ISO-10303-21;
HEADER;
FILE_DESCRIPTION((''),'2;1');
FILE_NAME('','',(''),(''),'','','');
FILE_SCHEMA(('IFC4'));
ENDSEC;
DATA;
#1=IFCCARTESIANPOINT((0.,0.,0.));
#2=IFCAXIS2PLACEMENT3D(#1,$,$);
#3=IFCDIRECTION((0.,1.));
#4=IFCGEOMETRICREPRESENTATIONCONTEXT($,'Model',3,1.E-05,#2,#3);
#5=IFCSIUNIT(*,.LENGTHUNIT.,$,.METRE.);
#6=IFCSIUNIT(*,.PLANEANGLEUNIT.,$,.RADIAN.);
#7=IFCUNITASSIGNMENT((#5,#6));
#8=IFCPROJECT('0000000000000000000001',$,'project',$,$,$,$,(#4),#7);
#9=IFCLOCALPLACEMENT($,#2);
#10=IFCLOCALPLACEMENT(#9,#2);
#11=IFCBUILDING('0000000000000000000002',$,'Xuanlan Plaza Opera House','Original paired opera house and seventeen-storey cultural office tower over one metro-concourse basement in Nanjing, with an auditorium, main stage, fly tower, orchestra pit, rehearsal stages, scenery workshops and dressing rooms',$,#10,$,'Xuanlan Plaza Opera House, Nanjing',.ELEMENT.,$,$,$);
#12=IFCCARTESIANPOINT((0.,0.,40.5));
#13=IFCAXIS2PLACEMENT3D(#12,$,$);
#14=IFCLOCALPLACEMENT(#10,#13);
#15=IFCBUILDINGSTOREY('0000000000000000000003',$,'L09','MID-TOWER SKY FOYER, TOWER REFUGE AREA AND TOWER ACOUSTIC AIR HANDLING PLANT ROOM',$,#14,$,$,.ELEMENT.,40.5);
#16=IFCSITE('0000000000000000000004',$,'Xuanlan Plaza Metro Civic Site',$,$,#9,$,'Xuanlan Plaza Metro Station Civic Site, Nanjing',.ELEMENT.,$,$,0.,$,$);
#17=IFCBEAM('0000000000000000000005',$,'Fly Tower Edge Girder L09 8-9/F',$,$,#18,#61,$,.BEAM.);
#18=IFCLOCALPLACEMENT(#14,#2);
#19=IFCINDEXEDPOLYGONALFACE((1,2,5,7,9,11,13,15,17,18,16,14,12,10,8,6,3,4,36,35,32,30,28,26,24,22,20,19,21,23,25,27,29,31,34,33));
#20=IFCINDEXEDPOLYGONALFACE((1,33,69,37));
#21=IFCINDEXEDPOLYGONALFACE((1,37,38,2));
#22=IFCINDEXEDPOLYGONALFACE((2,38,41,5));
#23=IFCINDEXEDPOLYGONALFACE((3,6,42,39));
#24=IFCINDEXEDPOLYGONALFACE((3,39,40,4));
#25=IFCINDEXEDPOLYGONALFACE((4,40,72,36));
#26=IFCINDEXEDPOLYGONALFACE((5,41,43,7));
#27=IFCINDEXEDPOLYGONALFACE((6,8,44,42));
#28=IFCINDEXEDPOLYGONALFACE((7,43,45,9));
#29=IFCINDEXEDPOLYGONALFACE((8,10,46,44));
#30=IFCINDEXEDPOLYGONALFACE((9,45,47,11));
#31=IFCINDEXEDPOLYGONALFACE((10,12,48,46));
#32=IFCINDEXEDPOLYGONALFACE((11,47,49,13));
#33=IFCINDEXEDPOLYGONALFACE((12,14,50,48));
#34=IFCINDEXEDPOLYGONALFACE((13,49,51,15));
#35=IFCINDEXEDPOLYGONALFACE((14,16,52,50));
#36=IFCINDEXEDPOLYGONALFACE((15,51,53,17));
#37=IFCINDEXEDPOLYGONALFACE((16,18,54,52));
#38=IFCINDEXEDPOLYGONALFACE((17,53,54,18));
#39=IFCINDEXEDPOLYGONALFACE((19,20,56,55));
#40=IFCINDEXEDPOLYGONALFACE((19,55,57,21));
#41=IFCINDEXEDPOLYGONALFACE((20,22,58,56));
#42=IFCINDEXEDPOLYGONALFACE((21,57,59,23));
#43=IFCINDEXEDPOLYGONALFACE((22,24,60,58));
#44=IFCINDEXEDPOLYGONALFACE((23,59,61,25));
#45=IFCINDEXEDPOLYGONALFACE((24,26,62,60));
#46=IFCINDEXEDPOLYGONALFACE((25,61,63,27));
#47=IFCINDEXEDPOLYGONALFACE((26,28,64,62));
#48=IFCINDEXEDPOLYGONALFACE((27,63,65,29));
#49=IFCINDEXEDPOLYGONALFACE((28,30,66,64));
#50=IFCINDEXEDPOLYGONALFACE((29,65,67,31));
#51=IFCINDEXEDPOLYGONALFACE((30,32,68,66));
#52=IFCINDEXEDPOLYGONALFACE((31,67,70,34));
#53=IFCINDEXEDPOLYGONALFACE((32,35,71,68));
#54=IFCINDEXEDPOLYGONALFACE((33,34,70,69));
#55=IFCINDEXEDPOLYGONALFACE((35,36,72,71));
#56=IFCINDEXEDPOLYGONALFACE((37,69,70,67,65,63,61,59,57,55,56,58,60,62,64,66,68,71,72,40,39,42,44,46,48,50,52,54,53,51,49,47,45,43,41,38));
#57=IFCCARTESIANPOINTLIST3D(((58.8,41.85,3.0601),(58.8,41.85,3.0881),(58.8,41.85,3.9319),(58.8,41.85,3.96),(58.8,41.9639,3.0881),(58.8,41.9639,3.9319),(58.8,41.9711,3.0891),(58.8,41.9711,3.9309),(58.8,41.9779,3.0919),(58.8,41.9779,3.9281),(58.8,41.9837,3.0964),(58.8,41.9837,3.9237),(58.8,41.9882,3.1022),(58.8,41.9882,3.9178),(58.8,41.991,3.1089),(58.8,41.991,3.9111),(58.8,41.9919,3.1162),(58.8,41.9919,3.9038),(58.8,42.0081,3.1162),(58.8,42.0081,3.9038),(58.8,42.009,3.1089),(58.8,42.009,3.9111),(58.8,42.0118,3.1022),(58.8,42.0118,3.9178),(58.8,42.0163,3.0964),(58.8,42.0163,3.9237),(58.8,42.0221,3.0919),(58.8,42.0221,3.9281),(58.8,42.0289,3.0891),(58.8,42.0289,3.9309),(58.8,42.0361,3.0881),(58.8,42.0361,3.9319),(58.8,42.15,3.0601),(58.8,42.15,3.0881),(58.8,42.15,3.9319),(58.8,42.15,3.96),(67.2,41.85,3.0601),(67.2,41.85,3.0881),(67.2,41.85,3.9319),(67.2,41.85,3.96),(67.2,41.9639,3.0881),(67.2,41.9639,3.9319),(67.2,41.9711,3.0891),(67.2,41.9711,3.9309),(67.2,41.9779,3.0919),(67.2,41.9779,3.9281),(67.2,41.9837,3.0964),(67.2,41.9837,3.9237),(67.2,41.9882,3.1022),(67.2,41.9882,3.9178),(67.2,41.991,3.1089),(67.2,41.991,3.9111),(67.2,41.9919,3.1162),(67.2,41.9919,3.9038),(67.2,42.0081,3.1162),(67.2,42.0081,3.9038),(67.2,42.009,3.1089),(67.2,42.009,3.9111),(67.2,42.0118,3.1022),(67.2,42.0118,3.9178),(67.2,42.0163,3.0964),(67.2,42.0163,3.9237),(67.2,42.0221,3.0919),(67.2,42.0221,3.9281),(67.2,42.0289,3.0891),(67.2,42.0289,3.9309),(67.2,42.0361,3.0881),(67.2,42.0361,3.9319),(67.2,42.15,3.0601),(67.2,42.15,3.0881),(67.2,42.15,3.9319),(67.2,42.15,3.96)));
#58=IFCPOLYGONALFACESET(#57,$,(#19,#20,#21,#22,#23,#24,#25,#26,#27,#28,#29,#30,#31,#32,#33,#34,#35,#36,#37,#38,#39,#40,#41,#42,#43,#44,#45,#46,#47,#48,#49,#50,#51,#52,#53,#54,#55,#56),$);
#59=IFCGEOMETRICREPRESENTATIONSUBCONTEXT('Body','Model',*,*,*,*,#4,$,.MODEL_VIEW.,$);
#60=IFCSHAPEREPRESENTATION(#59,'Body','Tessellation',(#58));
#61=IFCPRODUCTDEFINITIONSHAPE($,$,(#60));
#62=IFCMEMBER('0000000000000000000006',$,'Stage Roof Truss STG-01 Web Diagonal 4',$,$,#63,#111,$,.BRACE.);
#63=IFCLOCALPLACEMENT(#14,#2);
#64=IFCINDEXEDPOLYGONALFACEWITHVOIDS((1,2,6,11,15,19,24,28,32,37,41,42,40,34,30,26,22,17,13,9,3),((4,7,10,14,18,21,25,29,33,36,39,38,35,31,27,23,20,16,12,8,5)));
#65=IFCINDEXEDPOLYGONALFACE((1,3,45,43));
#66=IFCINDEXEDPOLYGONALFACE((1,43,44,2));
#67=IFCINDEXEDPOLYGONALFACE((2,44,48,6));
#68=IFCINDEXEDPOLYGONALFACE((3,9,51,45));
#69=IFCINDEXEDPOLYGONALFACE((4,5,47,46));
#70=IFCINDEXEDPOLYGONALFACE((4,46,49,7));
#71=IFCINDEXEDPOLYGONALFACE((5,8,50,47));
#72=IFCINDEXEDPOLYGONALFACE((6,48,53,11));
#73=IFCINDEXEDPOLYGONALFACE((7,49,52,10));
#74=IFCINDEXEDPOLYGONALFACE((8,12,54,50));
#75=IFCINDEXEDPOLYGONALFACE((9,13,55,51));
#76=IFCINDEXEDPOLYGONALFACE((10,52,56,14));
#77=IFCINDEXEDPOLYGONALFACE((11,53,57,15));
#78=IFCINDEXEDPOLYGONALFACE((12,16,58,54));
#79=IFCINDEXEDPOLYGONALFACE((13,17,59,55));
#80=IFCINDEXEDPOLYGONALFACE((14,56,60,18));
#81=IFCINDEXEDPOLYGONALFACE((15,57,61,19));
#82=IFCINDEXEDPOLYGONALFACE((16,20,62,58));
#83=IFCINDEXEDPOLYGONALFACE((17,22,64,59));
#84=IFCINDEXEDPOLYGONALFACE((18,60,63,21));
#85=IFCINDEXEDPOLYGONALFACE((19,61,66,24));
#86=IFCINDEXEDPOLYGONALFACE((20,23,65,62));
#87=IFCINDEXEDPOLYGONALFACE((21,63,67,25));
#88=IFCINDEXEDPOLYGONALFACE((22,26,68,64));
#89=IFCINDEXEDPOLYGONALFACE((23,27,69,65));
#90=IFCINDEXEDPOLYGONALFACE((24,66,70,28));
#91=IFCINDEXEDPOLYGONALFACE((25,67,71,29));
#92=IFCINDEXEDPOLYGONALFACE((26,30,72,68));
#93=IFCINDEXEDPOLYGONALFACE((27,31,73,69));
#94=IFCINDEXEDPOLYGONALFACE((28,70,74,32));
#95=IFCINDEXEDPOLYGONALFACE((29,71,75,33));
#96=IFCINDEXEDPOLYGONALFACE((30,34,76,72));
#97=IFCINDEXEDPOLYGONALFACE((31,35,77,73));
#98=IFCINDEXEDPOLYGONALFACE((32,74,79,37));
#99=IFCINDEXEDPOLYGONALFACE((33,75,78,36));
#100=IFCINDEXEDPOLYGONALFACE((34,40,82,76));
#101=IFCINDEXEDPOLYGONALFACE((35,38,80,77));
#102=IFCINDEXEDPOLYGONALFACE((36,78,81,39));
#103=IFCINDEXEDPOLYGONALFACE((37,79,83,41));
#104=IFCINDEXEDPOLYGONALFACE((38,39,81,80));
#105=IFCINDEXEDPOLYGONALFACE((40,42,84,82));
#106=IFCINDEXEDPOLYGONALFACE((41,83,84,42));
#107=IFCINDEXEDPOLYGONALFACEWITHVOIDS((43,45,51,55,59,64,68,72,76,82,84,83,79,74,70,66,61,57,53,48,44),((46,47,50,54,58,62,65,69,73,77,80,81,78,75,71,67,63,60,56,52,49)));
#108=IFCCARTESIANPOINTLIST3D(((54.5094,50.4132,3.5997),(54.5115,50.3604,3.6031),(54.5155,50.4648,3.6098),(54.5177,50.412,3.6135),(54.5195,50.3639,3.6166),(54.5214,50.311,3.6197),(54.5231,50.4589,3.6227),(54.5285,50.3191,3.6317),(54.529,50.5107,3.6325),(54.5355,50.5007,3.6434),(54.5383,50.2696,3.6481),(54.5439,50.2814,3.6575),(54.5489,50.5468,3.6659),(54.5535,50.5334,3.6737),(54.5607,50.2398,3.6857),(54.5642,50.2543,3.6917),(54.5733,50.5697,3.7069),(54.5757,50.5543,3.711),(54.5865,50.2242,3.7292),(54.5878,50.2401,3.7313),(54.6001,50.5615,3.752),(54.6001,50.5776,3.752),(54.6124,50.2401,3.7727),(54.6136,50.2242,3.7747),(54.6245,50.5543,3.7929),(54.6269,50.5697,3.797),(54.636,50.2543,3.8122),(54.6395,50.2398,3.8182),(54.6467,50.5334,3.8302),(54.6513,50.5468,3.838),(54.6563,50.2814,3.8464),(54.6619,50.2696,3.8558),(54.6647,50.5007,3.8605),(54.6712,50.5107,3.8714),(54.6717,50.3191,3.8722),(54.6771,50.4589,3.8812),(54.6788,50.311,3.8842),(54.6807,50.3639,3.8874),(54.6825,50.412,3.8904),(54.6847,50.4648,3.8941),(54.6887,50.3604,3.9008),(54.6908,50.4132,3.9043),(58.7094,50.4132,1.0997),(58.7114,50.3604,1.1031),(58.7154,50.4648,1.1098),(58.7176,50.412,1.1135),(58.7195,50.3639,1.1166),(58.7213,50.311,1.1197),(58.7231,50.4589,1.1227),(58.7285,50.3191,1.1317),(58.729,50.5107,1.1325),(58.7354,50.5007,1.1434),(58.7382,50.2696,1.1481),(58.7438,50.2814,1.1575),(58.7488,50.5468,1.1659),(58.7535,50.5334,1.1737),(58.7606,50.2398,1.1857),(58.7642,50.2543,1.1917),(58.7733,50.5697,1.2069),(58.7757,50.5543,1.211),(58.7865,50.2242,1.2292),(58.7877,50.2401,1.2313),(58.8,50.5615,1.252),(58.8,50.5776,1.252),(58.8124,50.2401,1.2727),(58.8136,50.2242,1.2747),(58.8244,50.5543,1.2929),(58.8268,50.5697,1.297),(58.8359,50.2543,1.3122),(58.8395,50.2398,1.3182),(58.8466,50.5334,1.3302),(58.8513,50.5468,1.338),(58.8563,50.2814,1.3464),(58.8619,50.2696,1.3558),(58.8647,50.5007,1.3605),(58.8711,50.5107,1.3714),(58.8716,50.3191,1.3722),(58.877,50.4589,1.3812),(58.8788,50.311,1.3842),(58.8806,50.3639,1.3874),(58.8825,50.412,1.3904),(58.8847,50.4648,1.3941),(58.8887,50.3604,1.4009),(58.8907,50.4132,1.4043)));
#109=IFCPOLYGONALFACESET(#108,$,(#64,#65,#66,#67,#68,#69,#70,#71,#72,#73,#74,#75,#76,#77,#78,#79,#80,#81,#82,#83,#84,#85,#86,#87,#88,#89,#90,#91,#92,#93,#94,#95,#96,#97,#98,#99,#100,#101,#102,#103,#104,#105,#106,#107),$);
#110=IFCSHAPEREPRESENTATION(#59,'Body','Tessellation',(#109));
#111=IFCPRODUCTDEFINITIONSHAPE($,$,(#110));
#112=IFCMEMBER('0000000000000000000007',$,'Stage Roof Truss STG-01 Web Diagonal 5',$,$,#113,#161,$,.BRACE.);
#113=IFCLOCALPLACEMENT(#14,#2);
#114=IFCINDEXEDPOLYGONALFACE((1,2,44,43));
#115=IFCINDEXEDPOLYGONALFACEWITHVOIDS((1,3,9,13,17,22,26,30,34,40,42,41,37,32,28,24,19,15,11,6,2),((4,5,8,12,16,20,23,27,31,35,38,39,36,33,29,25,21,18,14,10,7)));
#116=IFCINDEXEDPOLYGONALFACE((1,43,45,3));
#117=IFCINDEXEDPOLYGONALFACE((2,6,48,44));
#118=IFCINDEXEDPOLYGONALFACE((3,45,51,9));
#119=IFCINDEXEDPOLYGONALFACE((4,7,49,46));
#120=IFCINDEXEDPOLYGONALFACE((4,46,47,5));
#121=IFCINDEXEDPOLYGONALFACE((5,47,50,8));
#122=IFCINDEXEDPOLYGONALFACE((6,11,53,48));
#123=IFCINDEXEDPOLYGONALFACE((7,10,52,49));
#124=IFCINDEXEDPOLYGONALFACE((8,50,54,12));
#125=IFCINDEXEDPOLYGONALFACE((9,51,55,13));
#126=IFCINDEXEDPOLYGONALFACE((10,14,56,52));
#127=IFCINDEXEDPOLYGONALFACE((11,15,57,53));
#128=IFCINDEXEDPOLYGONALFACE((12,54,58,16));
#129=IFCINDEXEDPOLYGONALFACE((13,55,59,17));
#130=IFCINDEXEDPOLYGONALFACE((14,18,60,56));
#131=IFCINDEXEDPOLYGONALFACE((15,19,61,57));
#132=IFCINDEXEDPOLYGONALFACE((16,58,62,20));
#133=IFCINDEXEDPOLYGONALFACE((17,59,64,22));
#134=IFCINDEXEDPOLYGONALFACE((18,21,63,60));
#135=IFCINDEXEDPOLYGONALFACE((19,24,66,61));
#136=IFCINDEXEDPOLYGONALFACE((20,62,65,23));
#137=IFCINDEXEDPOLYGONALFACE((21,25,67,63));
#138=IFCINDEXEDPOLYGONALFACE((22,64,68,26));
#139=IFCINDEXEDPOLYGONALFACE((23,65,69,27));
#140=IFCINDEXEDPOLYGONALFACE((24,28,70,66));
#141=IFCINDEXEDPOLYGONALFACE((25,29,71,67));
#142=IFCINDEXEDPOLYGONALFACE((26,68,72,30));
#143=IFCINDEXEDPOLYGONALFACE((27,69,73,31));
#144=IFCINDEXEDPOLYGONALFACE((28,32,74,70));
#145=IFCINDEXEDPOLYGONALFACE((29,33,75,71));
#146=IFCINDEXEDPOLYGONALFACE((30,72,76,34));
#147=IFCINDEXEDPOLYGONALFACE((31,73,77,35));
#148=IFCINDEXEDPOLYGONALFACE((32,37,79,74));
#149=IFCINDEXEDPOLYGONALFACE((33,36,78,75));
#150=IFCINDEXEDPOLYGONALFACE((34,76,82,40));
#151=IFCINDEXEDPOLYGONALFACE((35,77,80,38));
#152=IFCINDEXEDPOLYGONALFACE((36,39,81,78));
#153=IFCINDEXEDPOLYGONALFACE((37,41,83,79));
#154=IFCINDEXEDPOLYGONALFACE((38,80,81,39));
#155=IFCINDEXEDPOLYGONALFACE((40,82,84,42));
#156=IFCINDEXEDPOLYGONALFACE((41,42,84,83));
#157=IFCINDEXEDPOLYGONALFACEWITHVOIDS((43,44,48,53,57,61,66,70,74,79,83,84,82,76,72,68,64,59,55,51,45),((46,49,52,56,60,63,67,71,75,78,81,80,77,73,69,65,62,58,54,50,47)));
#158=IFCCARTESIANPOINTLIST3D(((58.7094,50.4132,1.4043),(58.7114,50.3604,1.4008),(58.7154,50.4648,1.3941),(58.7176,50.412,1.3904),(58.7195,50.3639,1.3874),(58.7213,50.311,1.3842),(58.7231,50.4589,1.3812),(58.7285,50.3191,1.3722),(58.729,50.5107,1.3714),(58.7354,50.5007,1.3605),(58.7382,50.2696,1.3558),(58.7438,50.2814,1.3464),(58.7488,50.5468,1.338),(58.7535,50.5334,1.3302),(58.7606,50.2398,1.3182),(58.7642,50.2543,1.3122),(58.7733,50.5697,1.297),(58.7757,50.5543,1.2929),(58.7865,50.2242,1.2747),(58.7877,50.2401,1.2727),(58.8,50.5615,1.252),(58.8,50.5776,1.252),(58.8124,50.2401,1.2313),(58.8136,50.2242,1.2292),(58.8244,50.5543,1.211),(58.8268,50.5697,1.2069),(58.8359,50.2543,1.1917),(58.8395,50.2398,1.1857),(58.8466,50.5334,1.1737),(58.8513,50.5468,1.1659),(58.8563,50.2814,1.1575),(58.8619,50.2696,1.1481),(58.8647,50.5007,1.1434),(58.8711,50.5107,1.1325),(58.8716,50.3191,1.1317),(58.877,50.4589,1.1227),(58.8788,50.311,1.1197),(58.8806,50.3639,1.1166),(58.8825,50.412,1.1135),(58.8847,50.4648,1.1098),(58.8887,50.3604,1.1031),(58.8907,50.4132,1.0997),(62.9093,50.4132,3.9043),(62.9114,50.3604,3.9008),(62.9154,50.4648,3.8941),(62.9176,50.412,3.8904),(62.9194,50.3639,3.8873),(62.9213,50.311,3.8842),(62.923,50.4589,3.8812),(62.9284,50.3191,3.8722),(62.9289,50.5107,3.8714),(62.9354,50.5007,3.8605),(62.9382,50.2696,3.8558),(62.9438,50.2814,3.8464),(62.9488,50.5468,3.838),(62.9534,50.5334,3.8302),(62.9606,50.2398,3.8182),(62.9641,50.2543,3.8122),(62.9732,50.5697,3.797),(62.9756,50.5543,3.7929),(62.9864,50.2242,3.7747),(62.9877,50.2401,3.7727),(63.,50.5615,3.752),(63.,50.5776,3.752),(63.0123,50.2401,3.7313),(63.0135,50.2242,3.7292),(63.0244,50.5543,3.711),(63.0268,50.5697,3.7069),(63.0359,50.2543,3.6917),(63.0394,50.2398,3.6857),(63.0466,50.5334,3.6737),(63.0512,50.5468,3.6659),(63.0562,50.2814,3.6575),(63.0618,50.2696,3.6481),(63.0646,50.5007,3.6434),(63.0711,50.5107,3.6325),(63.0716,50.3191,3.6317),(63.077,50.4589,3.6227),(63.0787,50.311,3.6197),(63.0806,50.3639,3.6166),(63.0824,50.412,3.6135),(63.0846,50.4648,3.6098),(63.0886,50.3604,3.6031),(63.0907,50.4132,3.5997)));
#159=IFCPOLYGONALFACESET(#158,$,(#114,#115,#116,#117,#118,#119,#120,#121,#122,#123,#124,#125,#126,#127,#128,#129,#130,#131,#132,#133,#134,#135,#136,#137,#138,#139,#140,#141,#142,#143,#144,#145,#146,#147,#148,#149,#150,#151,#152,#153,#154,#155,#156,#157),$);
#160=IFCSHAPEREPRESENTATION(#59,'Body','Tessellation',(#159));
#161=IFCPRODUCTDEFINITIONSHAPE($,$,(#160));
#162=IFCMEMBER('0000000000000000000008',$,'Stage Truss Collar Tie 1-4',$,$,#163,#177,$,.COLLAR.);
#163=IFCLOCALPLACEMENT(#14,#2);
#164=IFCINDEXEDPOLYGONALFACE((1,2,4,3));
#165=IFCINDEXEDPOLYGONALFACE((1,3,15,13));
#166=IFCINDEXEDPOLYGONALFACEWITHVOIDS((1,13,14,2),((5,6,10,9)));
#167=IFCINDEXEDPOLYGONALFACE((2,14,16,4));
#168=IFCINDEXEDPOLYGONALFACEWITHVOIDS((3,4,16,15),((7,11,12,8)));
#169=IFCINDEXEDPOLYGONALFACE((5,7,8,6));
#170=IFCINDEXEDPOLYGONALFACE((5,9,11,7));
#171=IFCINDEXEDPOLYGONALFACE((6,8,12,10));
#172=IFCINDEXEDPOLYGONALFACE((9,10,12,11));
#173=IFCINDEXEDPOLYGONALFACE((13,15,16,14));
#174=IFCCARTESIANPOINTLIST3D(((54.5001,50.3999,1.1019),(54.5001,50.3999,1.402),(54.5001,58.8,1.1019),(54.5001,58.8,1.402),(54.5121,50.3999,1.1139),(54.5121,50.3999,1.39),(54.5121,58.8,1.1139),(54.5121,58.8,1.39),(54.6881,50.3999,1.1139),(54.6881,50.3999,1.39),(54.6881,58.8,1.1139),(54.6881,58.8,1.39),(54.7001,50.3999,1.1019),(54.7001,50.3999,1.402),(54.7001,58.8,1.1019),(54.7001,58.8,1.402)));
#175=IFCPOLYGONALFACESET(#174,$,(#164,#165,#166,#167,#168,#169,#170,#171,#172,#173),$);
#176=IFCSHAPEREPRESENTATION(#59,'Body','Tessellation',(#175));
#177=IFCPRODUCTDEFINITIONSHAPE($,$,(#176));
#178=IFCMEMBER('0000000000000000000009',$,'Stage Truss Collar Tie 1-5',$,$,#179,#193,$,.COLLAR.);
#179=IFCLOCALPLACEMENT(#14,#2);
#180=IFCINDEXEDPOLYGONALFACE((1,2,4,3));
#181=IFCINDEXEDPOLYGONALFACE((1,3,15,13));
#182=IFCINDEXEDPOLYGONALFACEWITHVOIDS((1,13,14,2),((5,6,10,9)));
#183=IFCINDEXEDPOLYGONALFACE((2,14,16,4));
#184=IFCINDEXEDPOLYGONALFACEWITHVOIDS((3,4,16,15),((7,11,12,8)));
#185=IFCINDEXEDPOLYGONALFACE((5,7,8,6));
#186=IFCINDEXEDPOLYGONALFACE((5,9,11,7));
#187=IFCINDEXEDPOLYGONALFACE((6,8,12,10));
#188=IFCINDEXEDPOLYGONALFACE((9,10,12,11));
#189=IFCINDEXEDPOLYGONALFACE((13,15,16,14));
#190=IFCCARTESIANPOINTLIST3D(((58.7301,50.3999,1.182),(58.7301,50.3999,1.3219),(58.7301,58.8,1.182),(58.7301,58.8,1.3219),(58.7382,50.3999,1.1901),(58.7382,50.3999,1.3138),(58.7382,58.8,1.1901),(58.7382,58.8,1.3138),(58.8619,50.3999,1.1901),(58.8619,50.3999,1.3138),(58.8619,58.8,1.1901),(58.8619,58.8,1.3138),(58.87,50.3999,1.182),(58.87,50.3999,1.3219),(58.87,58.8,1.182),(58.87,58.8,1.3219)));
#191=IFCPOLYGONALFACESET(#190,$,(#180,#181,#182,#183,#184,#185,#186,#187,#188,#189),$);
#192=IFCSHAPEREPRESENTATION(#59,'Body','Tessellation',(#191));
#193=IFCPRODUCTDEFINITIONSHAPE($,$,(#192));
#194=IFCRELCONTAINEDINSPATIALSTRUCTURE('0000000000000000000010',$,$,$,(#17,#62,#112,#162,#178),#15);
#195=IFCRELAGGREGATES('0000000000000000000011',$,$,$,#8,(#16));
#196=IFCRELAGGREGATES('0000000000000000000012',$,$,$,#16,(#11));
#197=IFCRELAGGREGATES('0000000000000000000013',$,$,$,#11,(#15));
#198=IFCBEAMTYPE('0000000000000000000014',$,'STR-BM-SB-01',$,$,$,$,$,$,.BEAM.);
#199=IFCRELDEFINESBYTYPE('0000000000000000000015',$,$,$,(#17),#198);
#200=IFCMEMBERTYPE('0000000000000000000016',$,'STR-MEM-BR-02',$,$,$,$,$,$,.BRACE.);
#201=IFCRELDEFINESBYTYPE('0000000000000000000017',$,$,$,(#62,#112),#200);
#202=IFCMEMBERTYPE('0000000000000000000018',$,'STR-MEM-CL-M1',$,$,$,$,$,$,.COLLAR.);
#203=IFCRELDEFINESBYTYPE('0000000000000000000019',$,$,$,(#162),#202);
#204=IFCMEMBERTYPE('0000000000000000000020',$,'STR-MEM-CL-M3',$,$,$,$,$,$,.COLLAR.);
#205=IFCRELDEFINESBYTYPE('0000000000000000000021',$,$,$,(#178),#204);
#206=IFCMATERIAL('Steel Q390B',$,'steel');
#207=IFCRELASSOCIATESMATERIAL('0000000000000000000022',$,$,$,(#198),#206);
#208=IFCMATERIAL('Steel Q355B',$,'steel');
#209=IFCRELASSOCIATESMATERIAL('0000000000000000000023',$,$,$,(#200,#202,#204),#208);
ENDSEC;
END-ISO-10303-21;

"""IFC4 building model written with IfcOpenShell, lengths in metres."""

from ifc_helpers import new_model, si_unit, direction, frame, origin, origin_2d, place, context, subcontext, project, spatial, hollow_rectangle, hollow_circle, i_section, extrude, material, material_profile, profile_set, type_object, element, save


model = new_model("IFC4")

# Units and contexts
model_context = context("Model", 3, precision=1e-05, world=origin(), true_north=direction((0.0, 1.0)))
body_context = subcontext(model_context, "Body", "Model", "MODEL_VIEW")
ifc_project = project(units=[si_unit("LENGTHUNIT", "METRE"), si_unit("PLANEANGLEUNIT", "RADIAN")], contexts=[model_context])

# Site, building, storey
site_placement = place(None, origin())
site = spatial("IfcSite", under=ifc_project, at=site_placement, Name="Xuanlan Plaza Metro Civic Site", LongName="Xuanlan Plaza Metro Station Civic Site, Nanjing", CompositionType="ELEMENT", RefElevation=0.0)
building_placement = place(site_placement, origin())
building = spatial("IfcBuilding", under=site, at=building_placement, Name="Xuanlan Plaza Opera House", Description="Original paired opera house and seventeen-storey cultural office tower over one metro-concourse basement in Nanjing, with an auditorium, main stage, fly tower, orchestra pit, rehearsal stages, scenery workshops and dressing rooms", LongName="Xuanlan Plaza Opera House, Nanjing", CompositionType="ELEMENT")
storey_placement = place(building_placement, frame((0.0, 0.0, 40.5)))
storey = spatial("IfcBuildingStorey", under=building, at=storey_placement, Name="L09", Description="MID-TOWER SKY FOYER, TOWER REFUGE AREA AND TOWER ACOUSTIC AIR HANDLING PLANT ROOM", CompositionType="ELEMENT", Elevation=40.5)

# Beam
ifc_material_1 = material(Name="Steel Q390B", Category="steel")
ifc_material_profile_1 = material_profile(ifc_material_1, i_section(OverallWidth=0.3, OverallDepth=0.8999, WebThickness=0.0161, FlangeThickness=0.0281, FilletRadius=0.0281, at=origin_2d()), Name="HN 900x300x16x28")
ifc_profile_set_1 = profile_set([ifc_material_profile_1], Name="Steel Q390B")
beam_type = type_object("IfcBeamType", Name="STR-BM-SB-01", PredefinedType="BEAM", material=ifc_profile_set_1)
beam_placement = place(storey_placement, frame((58.8, 42.0, 3.51), z_axis=(1.0, 0.0, 0.0), x_axis=(0.0, 1.0, 0.0)))
element("IfcBeam", 1, at=beam_placement, inside=storey, type_object=beam_type, Name="Fly Tower Edge Girder L09 8-9/F", PredefinedType="BEAM", context=body_context, shape_type="SweptSolid", body=[
    extrude(i_section(OverallWidth=0.3, OverallDepth=0.8999, WebThickness=0.0161, FlangeThickness=0.0281, FilletRadius=0.0281, at=origin_2d()), origin(), (0.0, 0.0, 1.0), 8.3999),
])

# Members
ifc_material_2 = material(Name="Steel Q355B", Category="steel")
ifc_material_profile_2 = material_profile(ifc_material_2, hollow_circle(Radius=0.1777, WallThickness=0.0161, at=origin_2d()), Name="CHS 355.6x16")
ifc_profile_set_2 = profile_set([ifc_material_profile_2], Name="Steel Q355B")
member_type_1 = type_object("IfcMemberType", Name="STR-MEM-BR-02", PredefinedType="BRACE", material=ifc_profile_set_2)
for number, where, z_axis, x_axis, name in (
    (2, (54.6001, 50.3999, 3.752), (0.85929, 0.0, -0.511488), (0.0, 1.0, 0.0), "Stage Roof Truss STG-01 Web Diagonal 4"),
    (3, (58.8, 50.3999, 1.252), (0.85929, 0.0, 0.511488), (0.0, 1.0, 0.0), "Stage Roof Truss STG-01 Web Diagonal 5"),
):
    element("IfcMember", number, at=place(storey_placement, frame(where, z_axis=z_axis, x_axis=x_axis)), inside=storey, type_object=member_type_1, Name=name, PredefinedType="BRACE", context=body_context, shape_type="SweptSolid", body=[
        extrude(hollow_circle(Radius=0.1777, WallThickness=0.0161, at=origin_2d()), origin(), (0.0, 0.0, 1.0), 4.8877),
    ])
ifc_material_profile_3 = material_profile(ifc_material_2, hollow_rectangle(XDim=0.2, YDim=0.3, WallThickness=0.012, at=origin_2d()), Name="RHS 300x200x12")
ifc_profile_set_3 = profile_set([ifc_material_profile_3], Name="Steel Q355B")
member_type_2 = type_object("IfcMemberType", Name="STR-MEM-CL-M1", PredefinedType="COLLAR", material=ifc_profile_set_3)
member_1_placement = place(storey_placement, frame((54.6001, 50.3999, 1.252), z_axis=(0.0, 1.0, 0.0), x_axis=(-1.0, 0.0, 0.0)))
element("IfcMember", 4, at=member_1_placement, inside=storey, type_object=member_type_2, Name="Stage Truss Collar Tie 1-4", PredefinedType="COLLAR", context=body_context, shape_type="SweptSolid", body=[
    extrude(hollow_rectangle(XDim=0.2, YDim=0.3, WallThickness=0.012, at=origin_2d()), origin(), (0.0, 0.0, 1.0), 8.4001),
])
ifc_material_profile_4 = material_profile(ifc_material_2, hollow_rectangle(XDim=0.1399, YDim=0.1399, WallThickness=0.0081, at=origin_2d()), Name="SHS 140x140x8")
ifc_profile_set_4 = profile_set([ifc_material_profile_4], Name="Steel Q355B")
member_type_3 = type_object("IfcMemberType", Name="STR-MEM-CL-M3", PredefinedType="COLLAR", material=ifc_profile_set_4)
member_2_placement = place(storey_placement, frame((58.8, 50.3999, 1.252), z_axis=(0.0, 1.0, 0.0), x_axis=(-1.0, 0.0, 0.0)))
element("IfcMember", 5, at=member_2_placement, inside=storey, type_object=member_type_3, Name="Stage Truss Collar Tie 1-5", PredefinedType="COLLAR", context=body_context, shape_type="SweptSolid", body=[
    extrude(hollow_rectangle(XDim=0.1399, YDim=0.1399, WallThickness=0.0081, at=origin_2d()), origin(), (0.0, 0.0, 1.0), 8.4001),
])

save(model, "model.ifc")
